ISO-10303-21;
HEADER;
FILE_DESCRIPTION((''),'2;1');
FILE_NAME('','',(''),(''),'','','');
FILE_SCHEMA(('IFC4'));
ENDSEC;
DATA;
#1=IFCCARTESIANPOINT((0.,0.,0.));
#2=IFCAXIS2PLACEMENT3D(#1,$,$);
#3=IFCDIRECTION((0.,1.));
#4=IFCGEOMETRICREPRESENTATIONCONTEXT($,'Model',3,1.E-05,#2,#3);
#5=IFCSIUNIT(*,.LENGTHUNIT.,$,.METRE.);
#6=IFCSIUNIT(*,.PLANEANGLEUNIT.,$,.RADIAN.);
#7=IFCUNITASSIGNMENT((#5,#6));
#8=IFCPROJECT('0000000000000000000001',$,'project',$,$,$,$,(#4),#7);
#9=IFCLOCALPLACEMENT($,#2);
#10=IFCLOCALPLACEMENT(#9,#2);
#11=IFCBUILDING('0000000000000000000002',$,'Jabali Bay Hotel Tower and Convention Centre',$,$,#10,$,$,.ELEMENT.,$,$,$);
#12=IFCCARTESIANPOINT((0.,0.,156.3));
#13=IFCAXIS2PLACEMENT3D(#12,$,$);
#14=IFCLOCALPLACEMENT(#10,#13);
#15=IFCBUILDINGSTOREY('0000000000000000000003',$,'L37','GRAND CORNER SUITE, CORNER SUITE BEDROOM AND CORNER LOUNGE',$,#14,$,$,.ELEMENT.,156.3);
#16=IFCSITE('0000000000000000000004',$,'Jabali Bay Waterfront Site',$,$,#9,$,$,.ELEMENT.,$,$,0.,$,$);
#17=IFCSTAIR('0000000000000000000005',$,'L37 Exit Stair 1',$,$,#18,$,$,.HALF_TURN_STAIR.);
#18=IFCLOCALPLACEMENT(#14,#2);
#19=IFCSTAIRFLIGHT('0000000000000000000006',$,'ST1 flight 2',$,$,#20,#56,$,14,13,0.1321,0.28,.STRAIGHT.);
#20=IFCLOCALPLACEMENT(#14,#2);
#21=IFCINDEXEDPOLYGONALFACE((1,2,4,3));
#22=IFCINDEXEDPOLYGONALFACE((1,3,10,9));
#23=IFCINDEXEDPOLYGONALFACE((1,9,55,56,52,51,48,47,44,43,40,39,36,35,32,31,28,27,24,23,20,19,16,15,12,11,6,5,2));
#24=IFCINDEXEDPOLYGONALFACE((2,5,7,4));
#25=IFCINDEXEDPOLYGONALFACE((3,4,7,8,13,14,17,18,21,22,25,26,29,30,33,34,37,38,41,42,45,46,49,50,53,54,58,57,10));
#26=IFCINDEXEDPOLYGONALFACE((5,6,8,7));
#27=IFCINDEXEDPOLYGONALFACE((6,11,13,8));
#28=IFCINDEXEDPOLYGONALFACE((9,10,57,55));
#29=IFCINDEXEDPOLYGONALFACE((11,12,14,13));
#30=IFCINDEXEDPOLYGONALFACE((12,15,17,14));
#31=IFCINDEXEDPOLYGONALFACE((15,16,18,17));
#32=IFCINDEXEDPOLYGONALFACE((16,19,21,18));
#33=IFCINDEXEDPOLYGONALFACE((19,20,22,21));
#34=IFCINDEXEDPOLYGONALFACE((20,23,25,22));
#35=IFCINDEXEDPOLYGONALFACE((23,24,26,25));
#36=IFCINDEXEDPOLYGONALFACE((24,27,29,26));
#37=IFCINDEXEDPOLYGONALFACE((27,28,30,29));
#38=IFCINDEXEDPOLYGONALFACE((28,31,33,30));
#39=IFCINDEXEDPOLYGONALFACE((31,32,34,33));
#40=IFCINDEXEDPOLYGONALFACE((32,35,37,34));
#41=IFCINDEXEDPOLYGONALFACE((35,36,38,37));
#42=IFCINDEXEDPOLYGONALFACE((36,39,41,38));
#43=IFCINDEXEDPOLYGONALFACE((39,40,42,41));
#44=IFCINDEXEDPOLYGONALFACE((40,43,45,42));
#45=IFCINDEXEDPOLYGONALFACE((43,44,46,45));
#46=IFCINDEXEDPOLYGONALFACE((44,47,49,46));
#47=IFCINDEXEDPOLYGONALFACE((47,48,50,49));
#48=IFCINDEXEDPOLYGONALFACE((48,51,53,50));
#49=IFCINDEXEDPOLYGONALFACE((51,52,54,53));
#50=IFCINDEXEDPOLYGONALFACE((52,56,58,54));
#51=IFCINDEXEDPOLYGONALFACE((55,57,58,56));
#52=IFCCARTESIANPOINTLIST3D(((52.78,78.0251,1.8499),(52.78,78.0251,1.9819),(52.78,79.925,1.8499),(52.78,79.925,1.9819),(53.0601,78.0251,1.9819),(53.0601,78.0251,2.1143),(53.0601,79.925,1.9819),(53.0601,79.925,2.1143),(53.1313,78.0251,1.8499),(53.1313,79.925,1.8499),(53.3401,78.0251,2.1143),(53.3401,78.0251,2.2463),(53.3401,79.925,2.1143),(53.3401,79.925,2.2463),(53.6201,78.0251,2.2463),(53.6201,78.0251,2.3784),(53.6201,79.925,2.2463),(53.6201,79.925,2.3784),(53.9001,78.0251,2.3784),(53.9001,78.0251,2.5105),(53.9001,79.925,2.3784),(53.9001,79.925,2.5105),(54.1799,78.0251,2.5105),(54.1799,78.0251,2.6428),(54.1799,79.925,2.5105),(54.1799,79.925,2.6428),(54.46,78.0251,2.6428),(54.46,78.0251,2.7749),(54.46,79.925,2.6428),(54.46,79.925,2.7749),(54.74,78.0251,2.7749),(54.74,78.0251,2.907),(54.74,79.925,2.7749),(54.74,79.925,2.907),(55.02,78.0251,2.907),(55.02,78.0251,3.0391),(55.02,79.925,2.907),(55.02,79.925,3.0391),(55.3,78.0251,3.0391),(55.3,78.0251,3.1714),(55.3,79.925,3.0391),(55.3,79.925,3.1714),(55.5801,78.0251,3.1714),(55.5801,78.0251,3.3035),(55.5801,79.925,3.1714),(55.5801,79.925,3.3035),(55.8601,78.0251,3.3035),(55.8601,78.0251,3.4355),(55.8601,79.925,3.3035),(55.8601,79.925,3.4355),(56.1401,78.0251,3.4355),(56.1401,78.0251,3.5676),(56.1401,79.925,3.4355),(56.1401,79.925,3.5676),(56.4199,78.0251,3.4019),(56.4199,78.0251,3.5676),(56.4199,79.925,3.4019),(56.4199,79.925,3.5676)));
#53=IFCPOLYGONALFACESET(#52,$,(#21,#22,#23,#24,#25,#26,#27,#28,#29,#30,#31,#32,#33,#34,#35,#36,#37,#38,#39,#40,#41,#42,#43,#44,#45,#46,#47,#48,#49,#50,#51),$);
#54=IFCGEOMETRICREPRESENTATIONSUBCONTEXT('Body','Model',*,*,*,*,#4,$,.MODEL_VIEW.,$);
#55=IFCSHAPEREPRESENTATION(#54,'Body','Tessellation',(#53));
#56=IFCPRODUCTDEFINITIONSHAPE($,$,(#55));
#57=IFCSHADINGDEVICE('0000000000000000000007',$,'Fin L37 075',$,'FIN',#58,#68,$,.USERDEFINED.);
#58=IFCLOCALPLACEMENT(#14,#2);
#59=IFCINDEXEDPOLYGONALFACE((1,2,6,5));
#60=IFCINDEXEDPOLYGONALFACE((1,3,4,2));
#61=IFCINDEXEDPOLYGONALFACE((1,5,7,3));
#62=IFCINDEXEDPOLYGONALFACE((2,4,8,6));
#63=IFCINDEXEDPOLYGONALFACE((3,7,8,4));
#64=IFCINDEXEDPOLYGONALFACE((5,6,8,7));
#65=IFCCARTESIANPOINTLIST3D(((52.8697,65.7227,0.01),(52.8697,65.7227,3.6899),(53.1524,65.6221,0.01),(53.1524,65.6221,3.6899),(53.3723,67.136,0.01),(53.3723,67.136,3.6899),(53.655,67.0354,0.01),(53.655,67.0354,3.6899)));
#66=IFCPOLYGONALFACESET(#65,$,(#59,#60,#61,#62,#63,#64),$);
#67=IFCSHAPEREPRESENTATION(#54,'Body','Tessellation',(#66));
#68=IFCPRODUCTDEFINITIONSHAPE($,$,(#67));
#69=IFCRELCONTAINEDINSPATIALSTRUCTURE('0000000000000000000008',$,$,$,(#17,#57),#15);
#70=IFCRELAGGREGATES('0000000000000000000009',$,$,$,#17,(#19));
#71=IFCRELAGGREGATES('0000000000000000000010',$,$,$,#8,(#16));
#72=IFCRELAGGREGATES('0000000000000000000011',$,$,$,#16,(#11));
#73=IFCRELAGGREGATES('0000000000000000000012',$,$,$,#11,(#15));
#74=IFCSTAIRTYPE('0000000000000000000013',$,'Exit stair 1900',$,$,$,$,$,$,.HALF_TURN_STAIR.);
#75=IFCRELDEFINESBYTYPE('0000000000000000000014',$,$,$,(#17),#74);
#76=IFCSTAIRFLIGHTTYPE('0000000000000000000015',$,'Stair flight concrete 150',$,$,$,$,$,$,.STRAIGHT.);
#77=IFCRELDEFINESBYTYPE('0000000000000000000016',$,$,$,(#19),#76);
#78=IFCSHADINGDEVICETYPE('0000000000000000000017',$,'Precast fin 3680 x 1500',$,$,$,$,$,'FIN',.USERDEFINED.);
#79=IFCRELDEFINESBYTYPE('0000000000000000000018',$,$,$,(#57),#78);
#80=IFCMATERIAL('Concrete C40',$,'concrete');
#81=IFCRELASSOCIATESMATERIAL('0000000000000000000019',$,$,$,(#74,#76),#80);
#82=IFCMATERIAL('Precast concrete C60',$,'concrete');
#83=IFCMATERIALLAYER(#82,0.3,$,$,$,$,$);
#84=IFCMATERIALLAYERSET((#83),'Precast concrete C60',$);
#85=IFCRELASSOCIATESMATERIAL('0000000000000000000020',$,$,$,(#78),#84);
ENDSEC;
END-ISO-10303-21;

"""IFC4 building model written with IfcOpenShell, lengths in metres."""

from ifc_helpers import new_model, si_unit, direction, frame, frame_2d, origin, place, context, subcontext, project, spatial, polyline, rectangle, outline, extrude, material, layer, layer_set, type_object, element, aggregate, save


model = new_model("IFC4")

# Units and contexts
model_context = context("Model", 3, precision=1e-05, world=origin(), true_north=direction((0.0, 1.0)))
body_context = subcontext(model_context, "Body", "Model", "MODEL_VIEW")
ifc_project = project(units=[si_unit("LENGTHUNIT", "METRE"), si_unit("PLANEANGLEUNIT", "RADIAN")], contexts=[model_context])

# Site, building, storey
site_placement = place(None, origin())
site = spatial("IfcSite", under=ifc_project, at=site_placement, Name="Jabali Bay Waterfront Site", CompositionType="ELEMENT", RefElevation=0.0)
building_placement = place(site_placement, origin())
building = spatial("IfcBuilding", under=site, at=building_placement, Name="Jabali Bay Hotel Tower and Convention Centre", CompositionType="ELEMENT")
storey_placement = place(building_placement, frame((0.0, 0.0, 156.3)))
storey = spatial("IfcBuildingStorey", under=building, at=storey_placement, Name="L37", Description="GRAND CORNER SUITE, CORNER SUITE BEDROOM AND CORNER LOUNGE", CompositionType="ELEMENT", Elevation=156.3)

# Shared definitions
ifc_material_1 = material(Name="Concrete C40", Category="concrete")

# Stair, stair flight
stair_type = type_object("IfcStairType", Name="Exit stair 1900", PredefinedType="HALF_TURN_STAIR", material=ifc_material_1)
stair_placement = place(storey_placement, origin())
stair = element("IfcStair", 1, at=stair_placement, inside=storey, type_object=stair_type, Name="L37 Exit Stair 1", PredefinedType="HALF_TURN_STAIR")
stair_flight_type = type_object("IfcStairFlightType", Name="Stair flight concrete 150", PredefinedType="STRAIGHT", material=ifc_material_1)
stair_flight_placement = place(storey_placement, frame((52.78, 78.9751, 1.8499), z_axis=(0.0, 0.0, 1.0), x_axis=(1.0, 0.0, 0.0)))
stair_flight = element("IfcStairFlight", 2, at=stair_flight_placement, type_object=stair_flight_type, Name="ST1 flight 2", NumberOfRisers=14, NumberOfTreads=13, PredefinedType="STRAIGHT", RiserHeight=0.1321, TreadLength=0.28, context=body_context, shape_type="SweptSolid", body=[
    extrude(outline(polyline([(0.0, 0.0), (0.0, 0.1321), (0.28, 0.1321), (0.28, 0.2644), (0.5601, 0.2644), (0.5601, 0.3965), (0.8401, 0.3965), (0.8401, 0.5286), (1.1201, 0.5286), (1.1201, 0.6606), (1.3999, 0.6606), (1.3999, 0.793), (1.6799, 0.793), (1.6799, 0.925), (1.96, 0.925), (1.96, 1.0571), (2.24, 1.0571), (2.24, 1.1892), (2.52, 1.1892), (2.52, 1.3215), (2.8, 1.3215), (2.8, 1.4536), (3.0801, 1.4536), (3.0801, 1.5857), (3.3601, 1.5857), (3.3601, 1.7178), (3.6399, 1.7178), (3.6399, 1.8501), (3.6399, 1.552), (0.3513, 0.0), (0.0, 0.0)])), frame((0.0, 0.95, 0.0), z_axis=(0.0, -1.0, 0.0), x_axis=(1.0, 0.0, 0.0)), (0.0, 0.0, 1.0), 1.8999),
])
aggregate(stair, [stair_flight])

# Shading device
ifc_material_2 = material(Name="Precast concrete C60", Category="concrete")
ifc_layer_1 = layer(ifc_material_2, 0.3)
ifc_layer_set_1 = layer_set([ifc_layer_1], Name="Precast concrete C60")
shading_device_type = type_object("IfcShadingDeviceType", Name="Precast fin 3680 x 1500", ElementType="FIN", PredefinedType="USERDEFINED", material=ifc_layer_set_1)
shading_device_placement = place(storey_placement, frame((53.5137, 67.0857, 0.01), z_axis=(0.0, 0.0, 1.0), x_axis=(-0.335109, -0.942179, 0.0)))
element("IfcShadingDevice", 3, at=shading_device_placement, inside=storey, type_object=shading_device_type, Name="Fin L37 075", ObjectType="FIN", PredefinedType="USERDEFINED", context=body_context, shape_type="SweptSolid", body=[
    extrude(rectangle(XDim=1.5, YDim=0.3, at=frame_2d((0.75, 0.0))), origin(), (0.0, 0.0, 1.0), 3.6799),
])

save(model, "model.ifc")
